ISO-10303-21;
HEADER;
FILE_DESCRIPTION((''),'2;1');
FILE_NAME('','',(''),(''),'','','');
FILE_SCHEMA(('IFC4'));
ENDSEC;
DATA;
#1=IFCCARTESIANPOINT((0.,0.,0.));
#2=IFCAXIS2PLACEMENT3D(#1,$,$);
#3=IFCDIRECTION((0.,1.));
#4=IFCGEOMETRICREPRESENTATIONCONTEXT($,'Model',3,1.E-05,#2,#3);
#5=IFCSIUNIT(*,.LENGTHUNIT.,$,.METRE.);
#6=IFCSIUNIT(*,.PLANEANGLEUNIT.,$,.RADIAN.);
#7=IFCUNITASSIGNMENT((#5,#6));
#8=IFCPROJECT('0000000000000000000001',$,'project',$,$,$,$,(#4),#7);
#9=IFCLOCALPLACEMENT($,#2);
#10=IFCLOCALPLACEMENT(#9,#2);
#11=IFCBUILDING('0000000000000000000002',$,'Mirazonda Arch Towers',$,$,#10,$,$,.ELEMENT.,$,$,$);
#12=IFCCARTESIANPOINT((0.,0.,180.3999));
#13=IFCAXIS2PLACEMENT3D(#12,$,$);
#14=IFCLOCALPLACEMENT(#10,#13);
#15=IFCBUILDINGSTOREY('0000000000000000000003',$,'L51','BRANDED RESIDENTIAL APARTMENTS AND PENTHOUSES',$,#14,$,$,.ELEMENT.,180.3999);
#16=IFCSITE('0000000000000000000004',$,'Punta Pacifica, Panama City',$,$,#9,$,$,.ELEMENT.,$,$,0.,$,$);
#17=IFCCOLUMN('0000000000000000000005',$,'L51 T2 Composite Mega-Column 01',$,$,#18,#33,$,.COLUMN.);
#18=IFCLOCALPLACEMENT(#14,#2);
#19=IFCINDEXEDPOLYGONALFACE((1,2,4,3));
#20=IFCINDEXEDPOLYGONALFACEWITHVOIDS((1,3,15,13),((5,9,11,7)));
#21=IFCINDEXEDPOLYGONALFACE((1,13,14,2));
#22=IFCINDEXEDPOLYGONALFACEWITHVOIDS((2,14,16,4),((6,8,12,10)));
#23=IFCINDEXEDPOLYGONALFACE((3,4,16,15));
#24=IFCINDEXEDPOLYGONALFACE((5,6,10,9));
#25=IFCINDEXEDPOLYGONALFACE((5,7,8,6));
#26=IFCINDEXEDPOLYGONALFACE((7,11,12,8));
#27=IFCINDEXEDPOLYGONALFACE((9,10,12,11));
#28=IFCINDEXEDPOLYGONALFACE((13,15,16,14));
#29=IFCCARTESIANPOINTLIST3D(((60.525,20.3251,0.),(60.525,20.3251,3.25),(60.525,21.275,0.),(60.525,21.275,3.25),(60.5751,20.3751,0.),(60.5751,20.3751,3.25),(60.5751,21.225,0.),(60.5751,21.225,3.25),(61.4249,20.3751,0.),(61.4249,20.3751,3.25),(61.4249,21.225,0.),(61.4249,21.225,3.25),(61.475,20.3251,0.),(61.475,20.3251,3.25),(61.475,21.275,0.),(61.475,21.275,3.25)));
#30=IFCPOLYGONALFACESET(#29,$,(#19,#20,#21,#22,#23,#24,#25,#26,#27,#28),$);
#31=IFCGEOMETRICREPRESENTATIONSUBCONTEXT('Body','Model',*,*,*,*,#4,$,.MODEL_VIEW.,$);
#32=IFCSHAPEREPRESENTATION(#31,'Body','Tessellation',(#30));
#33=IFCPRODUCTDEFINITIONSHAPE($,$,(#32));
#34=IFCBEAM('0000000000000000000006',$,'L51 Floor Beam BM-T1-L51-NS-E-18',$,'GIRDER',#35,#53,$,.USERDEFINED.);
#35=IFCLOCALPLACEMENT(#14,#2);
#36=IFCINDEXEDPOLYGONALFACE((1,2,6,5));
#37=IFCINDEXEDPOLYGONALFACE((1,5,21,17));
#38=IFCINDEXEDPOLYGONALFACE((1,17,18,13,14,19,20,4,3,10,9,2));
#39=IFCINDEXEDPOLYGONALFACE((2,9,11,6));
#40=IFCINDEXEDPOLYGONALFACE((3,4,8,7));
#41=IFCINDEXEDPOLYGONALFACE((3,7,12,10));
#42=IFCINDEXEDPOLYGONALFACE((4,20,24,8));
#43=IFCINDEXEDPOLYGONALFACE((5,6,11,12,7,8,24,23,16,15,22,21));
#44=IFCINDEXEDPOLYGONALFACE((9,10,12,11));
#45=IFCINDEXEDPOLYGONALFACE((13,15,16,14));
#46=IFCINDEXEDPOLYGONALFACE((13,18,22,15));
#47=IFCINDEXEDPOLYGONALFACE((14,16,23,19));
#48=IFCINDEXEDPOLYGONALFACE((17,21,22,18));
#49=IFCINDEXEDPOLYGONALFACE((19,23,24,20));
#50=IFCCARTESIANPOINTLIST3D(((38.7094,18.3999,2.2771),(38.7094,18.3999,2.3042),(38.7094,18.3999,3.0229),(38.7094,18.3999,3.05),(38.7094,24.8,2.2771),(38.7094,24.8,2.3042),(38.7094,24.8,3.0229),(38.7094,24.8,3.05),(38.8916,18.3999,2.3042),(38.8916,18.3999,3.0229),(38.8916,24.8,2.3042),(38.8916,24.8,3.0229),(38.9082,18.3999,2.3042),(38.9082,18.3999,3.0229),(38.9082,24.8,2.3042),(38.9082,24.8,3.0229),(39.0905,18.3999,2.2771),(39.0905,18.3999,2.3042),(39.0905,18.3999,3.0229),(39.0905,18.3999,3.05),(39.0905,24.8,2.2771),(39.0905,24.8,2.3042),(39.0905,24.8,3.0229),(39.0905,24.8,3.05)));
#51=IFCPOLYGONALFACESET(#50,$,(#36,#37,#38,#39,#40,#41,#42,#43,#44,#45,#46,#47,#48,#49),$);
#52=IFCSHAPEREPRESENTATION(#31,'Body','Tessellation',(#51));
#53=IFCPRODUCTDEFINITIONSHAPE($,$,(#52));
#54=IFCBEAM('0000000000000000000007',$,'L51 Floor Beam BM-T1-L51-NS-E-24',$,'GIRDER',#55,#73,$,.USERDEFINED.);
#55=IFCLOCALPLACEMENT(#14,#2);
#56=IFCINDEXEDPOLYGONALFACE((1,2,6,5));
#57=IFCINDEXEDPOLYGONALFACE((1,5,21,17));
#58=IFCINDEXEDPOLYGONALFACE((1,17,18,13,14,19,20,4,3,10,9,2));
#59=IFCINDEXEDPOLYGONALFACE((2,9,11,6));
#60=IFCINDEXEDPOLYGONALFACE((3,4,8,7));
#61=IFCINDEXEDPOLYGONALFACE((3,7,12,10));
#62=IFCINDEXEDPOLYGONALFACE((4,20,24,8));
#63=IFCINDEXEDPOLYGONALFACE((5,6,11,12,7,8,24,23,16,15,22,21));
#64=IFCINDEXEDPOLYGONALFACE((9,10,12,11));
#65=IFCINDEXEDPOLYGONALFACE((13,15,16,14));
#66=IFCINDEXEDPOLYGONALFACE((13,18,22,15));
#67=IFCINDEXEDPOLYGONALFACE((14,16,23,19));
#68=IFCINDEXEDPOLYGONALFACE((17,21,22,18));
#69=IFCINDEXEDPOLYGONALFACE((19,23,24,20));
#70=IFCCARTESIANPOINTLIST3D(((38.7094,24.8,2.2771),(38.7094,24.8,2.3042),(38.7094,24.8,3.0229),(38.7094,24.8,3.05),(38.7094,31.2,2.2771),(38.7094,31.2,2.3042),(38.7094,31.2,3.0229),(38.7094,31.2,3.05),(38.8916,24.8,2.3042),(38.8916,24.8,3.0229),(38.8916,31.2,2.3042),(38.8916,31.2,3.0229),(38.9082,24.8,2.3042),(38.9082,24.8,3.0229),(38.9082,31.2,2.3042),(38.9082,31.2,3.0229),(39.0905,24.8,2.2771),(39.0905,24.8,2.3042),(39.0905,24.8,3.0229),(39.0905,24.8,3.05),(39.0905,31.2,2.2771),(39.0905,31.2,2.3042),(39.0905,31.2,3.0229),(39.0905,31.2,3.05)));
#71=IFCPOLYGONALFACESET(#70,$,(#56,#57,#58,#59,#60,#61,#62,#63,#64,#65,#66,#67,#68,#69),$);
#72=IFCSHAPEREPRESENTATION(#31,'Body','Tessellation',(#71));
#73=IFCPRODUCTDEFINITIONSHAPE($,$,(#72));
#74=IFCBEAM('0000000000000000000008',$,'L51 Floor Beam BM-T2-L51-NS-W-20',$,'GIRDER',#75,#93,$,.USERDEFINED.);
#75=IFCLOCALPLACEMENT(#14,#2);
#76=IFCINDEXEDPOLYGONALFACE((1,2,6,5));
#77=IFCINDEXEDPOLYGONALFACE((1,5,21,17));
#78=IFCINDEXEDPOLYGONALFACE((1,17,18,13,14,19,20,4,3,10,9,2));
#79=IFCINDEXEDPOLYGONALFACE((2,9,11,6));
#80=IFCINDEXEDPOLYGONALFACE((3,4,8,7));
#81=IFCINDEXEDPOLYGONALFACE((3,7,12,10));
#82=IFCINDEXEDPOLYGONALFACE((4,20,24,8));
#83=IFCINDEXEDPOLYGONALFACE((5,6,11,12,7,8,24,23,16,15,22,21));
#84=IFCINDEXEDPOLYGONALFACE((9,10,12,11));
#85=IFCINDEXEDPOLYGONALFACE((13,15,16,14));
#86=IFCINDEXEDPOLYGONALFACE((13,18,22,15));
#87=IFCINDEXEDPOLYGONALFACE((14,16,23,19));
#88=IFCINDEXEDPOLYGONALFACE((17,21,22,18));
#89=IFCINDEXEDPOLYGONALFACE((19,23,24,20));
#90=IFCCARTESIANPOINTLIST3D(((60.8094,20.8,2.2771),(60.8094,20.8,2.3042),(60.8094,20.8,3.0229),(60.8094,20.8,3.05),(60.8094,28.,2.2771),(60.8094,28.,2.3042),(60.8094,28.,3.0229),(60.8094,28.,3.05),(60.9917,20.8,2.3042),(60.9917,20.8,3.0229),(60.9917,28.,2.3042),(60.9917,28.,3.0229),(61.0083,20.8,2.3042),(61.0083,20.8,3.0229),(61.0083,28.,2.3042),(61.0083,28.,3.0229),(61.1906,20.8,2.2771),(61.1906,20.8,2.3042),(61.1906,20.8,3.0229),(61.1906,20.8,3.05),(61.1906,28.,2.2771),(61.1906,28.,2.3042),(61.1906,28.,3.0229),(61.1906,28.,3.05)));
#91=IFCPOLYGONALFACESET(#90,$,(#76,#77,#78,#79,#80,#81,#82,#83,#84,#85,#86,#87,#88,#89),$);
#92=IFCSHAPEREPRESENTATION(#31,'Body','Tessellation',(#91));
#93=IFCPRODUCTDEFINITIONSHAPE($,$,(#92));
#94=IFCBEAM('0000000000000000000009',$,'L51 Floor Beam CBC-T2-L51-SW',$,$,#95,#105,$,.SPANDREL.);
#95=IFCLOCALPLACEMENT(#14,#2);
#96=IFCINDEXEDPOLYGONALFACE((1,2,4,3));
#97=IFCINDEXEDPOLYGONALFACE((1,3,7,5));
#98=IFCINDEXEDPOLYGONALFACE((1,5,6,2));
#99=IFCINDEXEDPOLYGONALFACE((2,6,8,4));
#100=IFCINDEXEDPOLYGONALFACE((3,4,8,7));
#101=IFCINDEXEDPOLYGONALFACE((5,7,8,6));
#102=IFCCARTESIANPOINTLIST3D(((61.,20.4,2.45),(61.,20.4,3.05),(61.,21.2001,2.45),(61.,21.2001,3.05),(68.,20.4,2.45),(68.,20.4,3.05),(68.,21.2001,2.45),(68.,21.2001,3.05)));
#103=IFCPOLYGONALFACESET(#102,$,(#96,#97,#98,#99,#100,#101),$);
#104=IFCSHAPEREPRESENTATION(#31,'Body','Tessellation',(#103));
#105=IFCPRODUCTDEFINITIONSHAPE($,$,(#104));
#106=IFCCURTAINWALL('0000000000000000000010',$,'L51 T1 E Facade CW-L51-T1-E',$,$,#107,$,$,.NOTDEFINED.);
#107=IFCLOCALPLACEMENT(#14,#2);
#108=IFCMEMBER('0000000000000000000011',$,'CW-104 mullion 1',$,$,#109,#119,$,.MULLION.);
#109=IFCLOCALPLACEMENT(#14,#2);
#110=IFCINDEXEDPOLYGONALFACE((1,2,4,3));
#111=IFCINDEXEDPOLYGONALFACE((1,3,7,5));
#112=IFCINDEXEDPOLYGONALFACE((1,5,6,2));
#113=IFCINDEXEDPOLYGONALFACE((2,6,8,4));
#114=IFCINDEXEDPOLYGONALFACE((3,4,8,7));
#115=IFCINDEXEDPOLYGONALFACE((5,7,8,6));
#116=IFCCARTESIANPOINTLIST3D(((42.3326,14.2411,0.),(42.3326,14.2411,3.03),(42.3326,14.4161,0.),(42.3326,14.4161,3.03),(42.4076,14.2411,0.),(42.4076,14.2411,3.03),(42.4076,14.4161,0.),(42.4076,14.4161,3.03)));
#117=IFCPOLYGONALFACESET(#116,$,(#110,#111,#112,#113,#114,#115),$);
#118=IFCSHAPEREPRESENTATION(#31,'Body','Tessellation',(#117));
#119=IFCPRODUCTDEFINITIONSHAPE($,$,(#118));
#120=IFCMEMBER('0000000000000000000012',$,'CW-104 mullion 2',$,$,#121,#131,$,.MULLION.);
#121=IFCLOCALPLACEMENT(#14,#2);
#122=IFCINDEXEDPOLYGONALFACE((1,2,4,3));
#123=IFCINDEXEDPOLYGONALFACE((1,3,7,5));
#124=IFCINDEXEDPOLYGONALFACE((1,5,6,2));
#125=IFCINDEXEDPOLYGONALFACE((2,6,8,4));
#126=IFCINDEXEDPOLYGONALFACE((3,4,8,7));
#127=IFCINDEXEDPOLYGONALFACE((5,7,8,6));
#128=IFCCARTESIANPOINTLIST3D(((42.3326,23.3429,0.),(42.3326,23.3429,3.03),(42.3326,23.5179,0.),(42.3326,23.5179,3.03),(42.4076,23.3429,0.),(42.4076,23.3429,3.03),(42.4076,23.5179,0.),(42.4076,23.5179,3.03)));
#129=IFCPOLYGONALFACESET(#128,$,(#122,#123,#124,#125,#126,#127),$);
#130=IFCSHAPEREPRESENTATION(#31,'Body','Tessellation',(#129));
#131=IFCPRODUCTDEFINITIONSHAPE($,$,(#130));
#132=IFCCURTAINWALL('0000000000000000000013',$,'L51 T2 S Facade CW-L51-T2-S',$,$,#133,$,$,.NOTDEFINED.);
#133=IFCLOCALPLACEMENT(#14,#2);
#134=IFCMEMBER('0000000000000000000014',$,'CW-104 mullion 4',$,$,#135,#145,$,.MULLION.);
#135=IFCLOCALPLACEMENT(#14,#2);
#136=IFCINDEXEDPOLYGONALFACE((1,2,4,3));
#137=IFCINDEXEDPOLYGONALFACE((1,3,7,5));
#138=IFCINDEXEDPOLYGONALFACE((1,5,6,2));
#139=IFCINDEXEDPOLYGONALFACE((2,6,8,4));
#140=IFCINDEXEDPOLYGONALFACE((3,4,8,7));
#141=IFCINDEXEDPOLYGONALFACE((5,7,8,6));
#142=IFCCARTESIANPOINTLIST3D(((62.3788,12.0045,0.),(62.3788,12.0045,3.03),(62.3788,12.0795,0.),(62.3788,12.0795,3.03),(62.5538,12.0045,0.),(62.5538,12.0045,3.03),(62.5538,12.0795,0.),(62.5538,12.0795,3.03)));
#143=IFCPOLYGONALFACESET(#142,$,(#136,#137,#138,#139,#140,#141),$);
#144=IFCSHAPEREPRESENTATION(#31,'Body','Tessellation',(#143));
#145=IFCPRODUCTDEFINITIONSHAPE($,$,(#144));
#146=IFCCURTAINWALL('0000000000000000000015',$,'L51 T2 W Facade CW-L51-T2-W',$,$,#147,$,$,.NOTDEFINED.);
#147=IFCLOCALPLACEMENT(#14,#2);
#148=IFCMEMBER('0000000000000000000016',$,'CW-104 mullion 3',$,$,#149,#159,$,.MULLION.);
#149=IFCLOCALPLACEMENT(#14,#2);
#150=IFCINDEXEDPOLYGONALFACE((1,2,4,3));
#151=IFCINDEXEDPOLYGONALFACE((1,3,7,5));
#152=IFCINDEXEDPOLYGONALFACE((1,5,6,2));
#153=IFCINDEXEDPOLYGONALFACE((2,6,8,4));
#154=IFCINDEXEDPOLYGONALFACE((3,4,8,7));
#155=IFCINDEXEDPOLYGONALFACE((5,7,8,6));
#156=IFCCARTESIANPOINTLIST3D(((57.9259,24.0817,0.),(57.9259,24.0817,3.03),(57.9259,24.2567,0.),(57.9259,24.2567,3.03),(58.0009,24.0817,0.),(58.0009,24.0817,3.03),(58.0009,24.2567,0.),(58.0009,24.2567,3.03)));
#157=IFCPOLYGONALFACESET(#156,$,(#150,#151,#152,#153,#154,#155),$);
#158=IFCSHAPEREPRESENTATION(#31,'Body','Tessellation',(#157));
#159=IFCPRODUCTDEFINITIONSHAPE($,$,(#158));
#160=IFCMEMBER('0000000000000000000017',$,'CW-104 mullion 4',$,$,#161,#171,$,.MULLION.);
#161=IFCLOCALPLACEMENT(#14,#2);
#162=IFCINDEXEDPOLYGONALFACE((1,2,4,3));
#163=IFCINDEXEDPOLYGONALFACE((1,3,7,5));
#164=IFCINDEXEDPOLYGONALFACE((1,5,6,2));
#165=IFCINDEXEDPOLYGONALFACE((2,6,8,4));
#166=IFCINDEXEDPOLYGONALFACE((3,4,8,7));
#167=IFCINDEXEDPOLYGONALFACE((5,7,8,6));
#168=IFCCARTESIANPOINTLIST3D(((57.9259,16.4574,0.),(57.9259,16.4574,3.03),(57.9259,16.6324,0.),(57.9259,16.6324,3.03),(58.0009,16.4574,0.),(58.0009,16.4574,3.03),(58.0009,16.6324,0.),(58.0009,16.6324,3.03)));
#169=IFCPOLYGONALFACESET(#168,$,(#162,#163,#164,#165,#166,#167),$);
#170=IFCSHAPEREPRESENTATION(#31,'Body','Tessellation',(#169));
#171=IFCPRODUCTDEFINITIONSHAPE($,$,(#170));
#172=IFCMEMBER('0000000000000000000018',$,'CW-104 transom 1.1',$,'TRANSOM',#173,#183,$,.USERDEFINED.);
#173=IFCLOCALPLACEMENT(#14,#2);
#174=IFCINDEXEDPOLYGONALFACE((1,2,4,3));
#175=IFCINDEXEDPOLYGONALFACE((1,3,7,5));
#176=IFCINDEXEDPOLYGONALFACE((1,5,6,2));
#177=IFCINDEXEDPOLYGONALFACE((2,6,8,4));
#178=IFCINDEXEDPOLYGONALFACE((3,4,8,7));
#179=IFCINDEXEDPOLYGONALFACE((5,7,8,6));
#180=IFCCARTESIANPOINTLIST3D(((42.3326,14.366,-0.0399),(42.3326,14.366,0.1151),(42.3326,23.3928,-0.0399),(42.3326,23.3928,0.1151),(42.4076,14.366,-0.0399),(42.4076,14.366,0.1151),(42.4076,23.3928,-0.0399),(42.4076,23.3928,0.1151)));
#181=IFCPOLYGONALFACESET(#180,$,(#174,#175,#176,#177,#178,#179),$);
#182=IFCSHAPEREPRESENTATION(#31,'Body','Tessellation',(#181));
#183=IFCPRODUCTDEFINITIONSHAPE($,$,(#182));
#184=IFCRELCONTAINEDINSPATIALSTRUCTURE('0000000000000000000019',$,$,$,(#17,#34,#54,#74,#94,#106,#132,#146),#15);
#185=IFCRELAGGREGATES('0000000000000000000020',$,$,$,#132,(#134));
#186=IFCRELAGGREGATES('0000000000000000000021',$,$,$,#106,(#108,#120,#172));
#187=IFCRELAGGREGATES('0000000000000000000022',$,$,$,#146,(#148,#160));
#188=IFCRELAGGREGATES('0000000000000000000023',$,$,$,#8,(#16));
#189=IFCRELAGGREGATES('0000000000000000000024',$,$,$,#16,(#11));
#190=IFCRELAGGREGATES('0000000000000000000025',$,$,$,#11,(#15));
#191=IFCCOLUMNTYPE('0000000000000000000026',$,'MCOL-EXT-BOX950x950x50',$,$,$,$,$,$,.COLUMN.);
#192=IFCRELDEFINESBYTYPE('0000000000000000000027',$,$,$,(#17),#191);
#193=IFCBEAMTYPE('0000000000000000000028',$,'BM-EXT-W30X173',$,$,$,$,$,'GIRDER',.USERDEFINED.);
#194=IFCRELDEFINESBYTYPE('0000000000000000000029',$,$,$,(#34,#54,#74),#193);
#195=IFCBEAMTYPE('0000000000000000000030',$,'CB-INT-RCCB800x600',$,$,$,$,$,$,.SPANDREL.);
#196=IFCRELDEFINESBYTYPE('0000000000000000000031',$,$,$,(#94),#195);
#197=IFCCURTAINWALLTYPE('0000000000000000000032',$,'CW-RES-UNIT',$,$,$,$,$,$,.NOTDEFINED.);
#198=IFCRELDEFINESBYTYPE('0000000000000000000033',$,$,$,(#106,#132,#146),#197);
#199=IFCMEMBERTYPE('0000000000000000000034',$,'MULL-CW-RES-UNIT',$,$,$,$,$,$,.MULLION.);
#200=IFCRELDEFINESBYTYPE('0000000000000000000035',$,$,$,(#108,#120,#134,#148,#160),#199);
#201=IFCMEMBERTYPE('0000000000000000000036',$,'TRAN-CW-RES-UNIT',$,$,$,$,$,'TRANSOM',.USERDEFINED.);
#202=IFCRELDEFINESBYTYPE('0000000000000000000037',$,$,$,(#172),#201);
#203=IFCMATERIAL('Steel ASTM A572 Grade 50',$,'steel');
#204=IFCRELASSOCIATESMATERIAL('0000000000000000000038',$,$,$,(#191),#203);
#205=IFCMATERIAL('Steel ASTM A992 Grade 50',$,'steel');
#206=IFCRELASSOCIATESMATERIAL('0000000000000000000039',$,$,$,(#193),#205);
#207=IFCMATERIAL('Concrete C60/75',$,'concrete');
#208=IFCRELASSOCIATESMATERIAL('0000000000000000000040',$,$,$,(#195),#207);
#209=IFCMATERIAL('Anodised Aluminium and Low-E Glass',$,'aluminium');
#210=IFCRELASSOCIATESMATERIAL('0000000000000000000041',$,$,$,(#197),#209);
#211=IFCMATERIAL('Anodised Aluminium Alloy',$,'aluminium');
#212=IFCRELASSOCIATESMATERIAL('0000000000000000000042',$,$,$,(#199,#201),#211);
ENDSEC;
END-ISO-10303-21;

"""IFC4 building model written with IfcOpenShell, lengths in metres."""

from ifc_helpers import new_model, si_unit, direction, frame, origin, origin_2d, place, context, subcontext, project, spatial, rectangle, hollow_rectangle, i_section, extrude, material, material_profile, profile_set, type_object, element, aggregate, save


model = new_model("IFC4")

# Units and contexts
model_context = context("Model", 3, precision=1e-05, world=origin(), true_north=direction((0.0, 1.0)))
body_context = subcontext(model_context, "Body", "Model", "MODEL_VIEW")
ifc_project = project(units=[si_unit("LENGTHUNIT", "METRE"), si_unit("PLANEANGLEUNIT", "RADIAN")], contexts=[model_context])

# Site, building, storey
site_placement = place(None, origin())
site = spatial("IfcSite", under=ifc_project, at=site_placement, Name="Punta Pacifica, Panama City", CompositionType="ELEMENT", RefElevation=0.0)
building_placement = place(site_placement, origin())
building = spatial("IfcBuilding", under=site, at=building_placement, Name="Mirazonda Arch Towers", CompositionType="ELEMENT")
storey_placement = place(building_placement, frame((0.0, 0.0, 180.3999)))
storey = spatial("IfcBuildingStorey", under=building, at=storey_placement, Name="L51", Description="BRANDED RESIDENTIAL APARTMENTS AND PENTHOUSES", CompositionType="ELEMENT", Elevation=180.3999)

# Column
ifc_material_1 = material(Name="Steel ASTM A572 Grade 50", Category="steel")
ifc_material_profile_1 = material_profile(ifc_material_1, hollow_rectangle(XDim=0.95, YDim=0.95, WallThickness=0.05, at=origin_2d()), Name="BOX950x950x50")
ifc_profile_set_1 = profile_set([ifc_material_profile_1], Name="Steel ASTM A572 Grade 50")
column_type = type_object("IfcColumnType", Name="MCOL-EXT-BOX950x950x50", PredefinedType="COLUMN", material=ifc_profile_set_1)
column_placement = place(storey_placement, frame((61.0, 20.8, 0.0), z_axis=(0.0, 0.0, 1.0), x_axis=(1.0, 0.0, 0.0)))
element("IfcColumn", 1, at=column_placement, inside=storey, type_object=column_type, Name="L51 T2 Composite Mega-Column 01", PredefinedType="COLUMN", context=body_context, shape_type="SweptSolid", body=[
    extrude(hollow_rectangle(XDim=0.95, YDim=0.95, WallThickness=0.05, at=origin_2d()), origin(), (0.0, 0.0, 1.0), 3.25),
])

# Beams
ifc_material_2 = material(Name="Steel ASTM A992 Grade 50", Category="steel")
ifc_material_profile_2 = material_profile(ifc_material_2, i_section(OverallWidth=0.3811, OverallDepth=0.7729, WebThickness=0.0166, FlangeThickness=0.0271, at=origin_2d()), Name="W30X173")
ifc_profile_set_2 = profile_set([ifc_material_profile_2], Name="Steel ASTM A992 Grade 50")
beam_type_1 = type_object("IfcBeamType", Name="BM-EXT-W30X173", ElementType="GIRDER", PredefinedType="USERDEFINED", material=ifc_profile_set_2)
beam_1_placement = place(storey_placement, frame((38.8999, 18.3999, 2.6636), z_axis=(0.0, 1.0, 0.0), x_axis=(-1.0, 0.0, 0.0)))
element("IfcBeam", 2, at=beam_1_placement, inside=storey, type_object=beam_type_1, Name="L51 Floor Beam BM-T1-L51-NS-E-18", ObjectType="GIRDER", PredefinedType="USERDEFINED", context=body_context, shape_type="SweptSolid", body=[
    extrude(i_section(OverallWidth=0.3811, OverallDepth=0.7729, WebThickness=0.0166, FlangeThickness=0.0271, at=origin_2d()), origin(), (0.0, 0.0, 1.0), 6.4001),
])
beam_2_placement = place(storey_placement, frame((38.8999, 24.8, 2.6636), z_axis=(0.0, 1.0, 0.0), x_axis=(-1.0, 0.0, 0.0)))
element("IfcBeam", 3, at=beam_2_placement, inside=storey, type_object=beam_type_1, Name="L51 Floor Beam BM-T1-L51-NS-E-24", ObjectType="GIRDER", PredefinedType="USERDEFINED", context=body_context, shape_type="SweptSolid", body=[
    extrude(i_section(OverallWidth=0.3811, OverallDepth=0.7729, WebThickness=0.0166, FlangeThickness=0.0271, at=origin_2d()), origin(), (0.0, 0.0, 1.0), 6.3999),
])
beam_3_placement = place(storey_placement, frame((61.0, 20.8, 2.6636), z_axis=(0.0, 1.0, 0.0), x_axis=(-1.0, 0.0, 0.0)))
element("IfcBeam", 4, at=beam_3_placement, inside=storey, type_object=beam_type_1, Name="L51 Floor Beam BM-T2-L51-NS-W-20", ObjectType="GIRDER", PredefinedType="USERDEFINED", context=body_context, shape_type="SweptSolid", body=[
    extrude(i_section(OverallWidth=0.3811, OverallDepth=0.7729, WebThickness=0.0166, FlangeThickness=0.0271, at=origin_2d()), origin(), (0.0, 0.0, 1.0), 7.2),
])
ifc_material_3 = material(Name="Concrete C60/75", Category="concrete")
ifc_material_profile_3 = material_profile(ifc_material_3, rectangle(XDim=0.8, YDim=0.6001, at=origin_2d()), Name="RCCB800x600")
ifc_profile_set_3 = profile_set([ifc_material_profile_3], Name="Concrete C60/75")
beam_type_2 = type_object("IfcBeamType", Name="CB-INT-RCCB800x600", PredefinedType="SPANDREL", material=ifc_profile_set_3)
beam_4_placement = place(storey_placement, frame((61.0, 20.8, 2.75), z_axis=(1.0, 0.0, 0.0), x_axis=(0.0, 1.0, 0.0)))
element("IfcBeam", 5, at=beam_4_placement, inside=storey, type_object=beam_type_2, Name="L51 Floor Beam CBC-T2-L51-SW", PredefinedType="SPANDREL", context=body_context, shape_type="SweptSolid", body=[
    extrude(rectangle(XDim=0.8, YDim=0.6001, at=origin_2d()), origin(), (0.0, 0.0, 1.0), 7.0),
])

# Curtain wall, members
ifc_material_4 = material(Name="Anodised Aluminium and Low-E Glass", Category="aluminium")
curtain_wall_type = type_object("IfcCurtainWallType", Name="CW-RES-UNIT", PredefinedType="NOTDEFINED", material=ifc_material_4)
curtain_wall_1_placement = place(storey_placement, origin())
curtain_wall_1 = element("IfcCurtainWall", 6, at=curtain_wall_1_placement, inside=storey, type_object=curtain_wall_type, Name="L51 T1 E Facade CW-L51-T1-E", PredefinedType="NOTDEFINED")
ifc_material_5 = material(Name="Anodised Aluminium Alloy", Category="aluminium")
ifc_material_profile_4 = material_profile(ifc_material_5, rectangle(XDim=0.075, YDim=0.175, at=origin_2d()), Name="ALU-MULL-75x175")
ifc_profile_set_4 = profile_set([ifc_material_profile_4], Name="Anodised Aluminium Alloy")
member_type_1 = type_object("IfcMemberType", Name="MULL-CW-RES-UNIT", PredefinedType="MULLION", material=ifc_profile_set_4)
member_1_placement = place(storey_placement, frame((42.3701, 14.3286, 0.0), z_axis=(0.0, 0.0, 1.0), x_axis=(-1.0, 0.0, 0.0)))
member_1 = element("IfcMember", 7, at=member_1_placement, type_object=member_type_1, Name="CW-104 mullion 1", PredefinedType="MULLION", context=body_context, shape_type="SweptSolid", body=[
    extrude(rectangle(XDim=0.075, YDim=0.175, at=origin_2d()), origin(), (0.0, 0.0, 1.0), 3.03),
])
member_2_placement = place(storey_placement, frame((42.3701, 23.4304, 0.0), z_axis=(0.0, 0.0, 1.0), x_axis=(-1.0, 0.0, 0.0)))
member_2 = element("IfcMember", 8, at=member_2_placement, type_object=member_type_1, Name="CW-104 mullion 2", PredefinedType="MULLION", context=body_context, shape_type="SweptSolid", body=[
    extrude(rectangle(XDim=0.075, YDim=0.175, at=origin_2d()), origin(), (0.0, 0.0, 1.0), 3.03),
])

# Curtain wall, member
curtain_wall_2_placement = place(storey_placement, origin())
curtain_wall_2 = element("IfcCurtainWall", 9, at=curtain_wall_2_placement, inside=storey, type_object=curtain_wall_type, Name="L51 T2 S Facade CW-L51-T2-S", PredefinedType="NOTDEFINED")
member_3_placement = place(storey_placement, frame((62.4663, 12.042, 0.0), z_axis=(0.0, 0.0, 1.0), x_axis=(0.0, -1.0, 0.0)))
member_3 = element("IfcMember", 10, at=member_3_placement, type_object=member_type_1, Name="CW-104 mullion 4", PredefinedType="MULLION", context=body_context, shape_type="SweptSolid", body=[
    extrude(rectangle(XDim=0.075, YDim=0.175, at=origin_2d()), origin(), (0.0, 0.0, 1.0), 3.03),
])
aggregate(curtain_wall_2, [member_3])

# Curtain wall, members
curtain_wall_3_placement = place(storey_placement, origin())
curtain_wall_3 = element("IfcCurtainWall", 11, at=curtain_wall_3_placement, inside=storey, type_object=curtain_wall_type, Name="L51 T2 W Facade CW-L51-T2-W", PredefinedType="NOTDEFINED")
member_4_placement = place(storey_placement, frame((57.9634, 24.1692, 0.0), z_axis=(0.0, 0.0, 1.0), x_axis=(1.0, 0.0, 0.0)))
member_4 = element("IfcMember", 12, at=member_4_placement, type_object=member_type_1, Name="CW-104 mullion 3", PredefinedType="MULLION", context=body_context, shape_type="SweptSolid", body=[
    extrude(rectangle(XDim=0.075, YDim=0.175, at=origin_2d()), origin(), (0.0, 0.0, 1.0), 3.03),
])
member_5_placement = place(storey_placement, frame((57.9634, 16.5449, 0.0), z_axis=(0.0, 0.0, 1.0), x_axis=(1.0, 0.0, 0.0)))
member_5 = element("IfcMember", 13, at=member_5_placement, type_object=member_type_1, Name="CW-104 mullion 4", PredefinedType="MULLION", context=body_context, shape_type="SweptSolid", body=[
    extrude(rectangle(XDim=0.075, YDim=0.175, at=origin_2d()), origin(), (0.0, 0.0, 1.0), 3.03),
])

# Member
ifc_material_profile_5 = material_profile(ifc_material_5, rectangle(XDim=0.075, YDim=0.155, at=origin_2d()), Name="ALU-TRAN-75x155")
ifc_profile_set_5 = profile_set([ifc_material_profile_5], Name="Anodised Aluminium Alloy")
member_type_2 = type_object("IfcMemberType", Name="TRAN-CW-RES-UNIT", ElementType="TRANSOM", PredefinedType="USERDEFINED", material=ifc_profile_set_5)
member_6_placement = place(storey_placement, frame((42.3701, 14.366, 0.0376), z_axis=(0.0, 1.0, 0.0), x_axis=(-1.0, 0.0, 0.0)))
member_6 = element("IfcMember", 14, at=member_6_placement, type_object=member_type_2, Name="CW-104 transom 1.1", ObjectType="TRANSOM", PredefinedType="USERDEFINED", context=body_context, shape_type="SweptSolid", body=[
    extrude(rectangle(XDim=0.075, YDim=0.155, at=origin_2d()), origin(), (0.0, 0.0, 1.0), 9.0269),
])

aggregate(curtain_wall_1, [member_1, member_2, member_6])
aggregate(curtain_wall_3, [member_4, member_5])

save(model, "model.ifc")
